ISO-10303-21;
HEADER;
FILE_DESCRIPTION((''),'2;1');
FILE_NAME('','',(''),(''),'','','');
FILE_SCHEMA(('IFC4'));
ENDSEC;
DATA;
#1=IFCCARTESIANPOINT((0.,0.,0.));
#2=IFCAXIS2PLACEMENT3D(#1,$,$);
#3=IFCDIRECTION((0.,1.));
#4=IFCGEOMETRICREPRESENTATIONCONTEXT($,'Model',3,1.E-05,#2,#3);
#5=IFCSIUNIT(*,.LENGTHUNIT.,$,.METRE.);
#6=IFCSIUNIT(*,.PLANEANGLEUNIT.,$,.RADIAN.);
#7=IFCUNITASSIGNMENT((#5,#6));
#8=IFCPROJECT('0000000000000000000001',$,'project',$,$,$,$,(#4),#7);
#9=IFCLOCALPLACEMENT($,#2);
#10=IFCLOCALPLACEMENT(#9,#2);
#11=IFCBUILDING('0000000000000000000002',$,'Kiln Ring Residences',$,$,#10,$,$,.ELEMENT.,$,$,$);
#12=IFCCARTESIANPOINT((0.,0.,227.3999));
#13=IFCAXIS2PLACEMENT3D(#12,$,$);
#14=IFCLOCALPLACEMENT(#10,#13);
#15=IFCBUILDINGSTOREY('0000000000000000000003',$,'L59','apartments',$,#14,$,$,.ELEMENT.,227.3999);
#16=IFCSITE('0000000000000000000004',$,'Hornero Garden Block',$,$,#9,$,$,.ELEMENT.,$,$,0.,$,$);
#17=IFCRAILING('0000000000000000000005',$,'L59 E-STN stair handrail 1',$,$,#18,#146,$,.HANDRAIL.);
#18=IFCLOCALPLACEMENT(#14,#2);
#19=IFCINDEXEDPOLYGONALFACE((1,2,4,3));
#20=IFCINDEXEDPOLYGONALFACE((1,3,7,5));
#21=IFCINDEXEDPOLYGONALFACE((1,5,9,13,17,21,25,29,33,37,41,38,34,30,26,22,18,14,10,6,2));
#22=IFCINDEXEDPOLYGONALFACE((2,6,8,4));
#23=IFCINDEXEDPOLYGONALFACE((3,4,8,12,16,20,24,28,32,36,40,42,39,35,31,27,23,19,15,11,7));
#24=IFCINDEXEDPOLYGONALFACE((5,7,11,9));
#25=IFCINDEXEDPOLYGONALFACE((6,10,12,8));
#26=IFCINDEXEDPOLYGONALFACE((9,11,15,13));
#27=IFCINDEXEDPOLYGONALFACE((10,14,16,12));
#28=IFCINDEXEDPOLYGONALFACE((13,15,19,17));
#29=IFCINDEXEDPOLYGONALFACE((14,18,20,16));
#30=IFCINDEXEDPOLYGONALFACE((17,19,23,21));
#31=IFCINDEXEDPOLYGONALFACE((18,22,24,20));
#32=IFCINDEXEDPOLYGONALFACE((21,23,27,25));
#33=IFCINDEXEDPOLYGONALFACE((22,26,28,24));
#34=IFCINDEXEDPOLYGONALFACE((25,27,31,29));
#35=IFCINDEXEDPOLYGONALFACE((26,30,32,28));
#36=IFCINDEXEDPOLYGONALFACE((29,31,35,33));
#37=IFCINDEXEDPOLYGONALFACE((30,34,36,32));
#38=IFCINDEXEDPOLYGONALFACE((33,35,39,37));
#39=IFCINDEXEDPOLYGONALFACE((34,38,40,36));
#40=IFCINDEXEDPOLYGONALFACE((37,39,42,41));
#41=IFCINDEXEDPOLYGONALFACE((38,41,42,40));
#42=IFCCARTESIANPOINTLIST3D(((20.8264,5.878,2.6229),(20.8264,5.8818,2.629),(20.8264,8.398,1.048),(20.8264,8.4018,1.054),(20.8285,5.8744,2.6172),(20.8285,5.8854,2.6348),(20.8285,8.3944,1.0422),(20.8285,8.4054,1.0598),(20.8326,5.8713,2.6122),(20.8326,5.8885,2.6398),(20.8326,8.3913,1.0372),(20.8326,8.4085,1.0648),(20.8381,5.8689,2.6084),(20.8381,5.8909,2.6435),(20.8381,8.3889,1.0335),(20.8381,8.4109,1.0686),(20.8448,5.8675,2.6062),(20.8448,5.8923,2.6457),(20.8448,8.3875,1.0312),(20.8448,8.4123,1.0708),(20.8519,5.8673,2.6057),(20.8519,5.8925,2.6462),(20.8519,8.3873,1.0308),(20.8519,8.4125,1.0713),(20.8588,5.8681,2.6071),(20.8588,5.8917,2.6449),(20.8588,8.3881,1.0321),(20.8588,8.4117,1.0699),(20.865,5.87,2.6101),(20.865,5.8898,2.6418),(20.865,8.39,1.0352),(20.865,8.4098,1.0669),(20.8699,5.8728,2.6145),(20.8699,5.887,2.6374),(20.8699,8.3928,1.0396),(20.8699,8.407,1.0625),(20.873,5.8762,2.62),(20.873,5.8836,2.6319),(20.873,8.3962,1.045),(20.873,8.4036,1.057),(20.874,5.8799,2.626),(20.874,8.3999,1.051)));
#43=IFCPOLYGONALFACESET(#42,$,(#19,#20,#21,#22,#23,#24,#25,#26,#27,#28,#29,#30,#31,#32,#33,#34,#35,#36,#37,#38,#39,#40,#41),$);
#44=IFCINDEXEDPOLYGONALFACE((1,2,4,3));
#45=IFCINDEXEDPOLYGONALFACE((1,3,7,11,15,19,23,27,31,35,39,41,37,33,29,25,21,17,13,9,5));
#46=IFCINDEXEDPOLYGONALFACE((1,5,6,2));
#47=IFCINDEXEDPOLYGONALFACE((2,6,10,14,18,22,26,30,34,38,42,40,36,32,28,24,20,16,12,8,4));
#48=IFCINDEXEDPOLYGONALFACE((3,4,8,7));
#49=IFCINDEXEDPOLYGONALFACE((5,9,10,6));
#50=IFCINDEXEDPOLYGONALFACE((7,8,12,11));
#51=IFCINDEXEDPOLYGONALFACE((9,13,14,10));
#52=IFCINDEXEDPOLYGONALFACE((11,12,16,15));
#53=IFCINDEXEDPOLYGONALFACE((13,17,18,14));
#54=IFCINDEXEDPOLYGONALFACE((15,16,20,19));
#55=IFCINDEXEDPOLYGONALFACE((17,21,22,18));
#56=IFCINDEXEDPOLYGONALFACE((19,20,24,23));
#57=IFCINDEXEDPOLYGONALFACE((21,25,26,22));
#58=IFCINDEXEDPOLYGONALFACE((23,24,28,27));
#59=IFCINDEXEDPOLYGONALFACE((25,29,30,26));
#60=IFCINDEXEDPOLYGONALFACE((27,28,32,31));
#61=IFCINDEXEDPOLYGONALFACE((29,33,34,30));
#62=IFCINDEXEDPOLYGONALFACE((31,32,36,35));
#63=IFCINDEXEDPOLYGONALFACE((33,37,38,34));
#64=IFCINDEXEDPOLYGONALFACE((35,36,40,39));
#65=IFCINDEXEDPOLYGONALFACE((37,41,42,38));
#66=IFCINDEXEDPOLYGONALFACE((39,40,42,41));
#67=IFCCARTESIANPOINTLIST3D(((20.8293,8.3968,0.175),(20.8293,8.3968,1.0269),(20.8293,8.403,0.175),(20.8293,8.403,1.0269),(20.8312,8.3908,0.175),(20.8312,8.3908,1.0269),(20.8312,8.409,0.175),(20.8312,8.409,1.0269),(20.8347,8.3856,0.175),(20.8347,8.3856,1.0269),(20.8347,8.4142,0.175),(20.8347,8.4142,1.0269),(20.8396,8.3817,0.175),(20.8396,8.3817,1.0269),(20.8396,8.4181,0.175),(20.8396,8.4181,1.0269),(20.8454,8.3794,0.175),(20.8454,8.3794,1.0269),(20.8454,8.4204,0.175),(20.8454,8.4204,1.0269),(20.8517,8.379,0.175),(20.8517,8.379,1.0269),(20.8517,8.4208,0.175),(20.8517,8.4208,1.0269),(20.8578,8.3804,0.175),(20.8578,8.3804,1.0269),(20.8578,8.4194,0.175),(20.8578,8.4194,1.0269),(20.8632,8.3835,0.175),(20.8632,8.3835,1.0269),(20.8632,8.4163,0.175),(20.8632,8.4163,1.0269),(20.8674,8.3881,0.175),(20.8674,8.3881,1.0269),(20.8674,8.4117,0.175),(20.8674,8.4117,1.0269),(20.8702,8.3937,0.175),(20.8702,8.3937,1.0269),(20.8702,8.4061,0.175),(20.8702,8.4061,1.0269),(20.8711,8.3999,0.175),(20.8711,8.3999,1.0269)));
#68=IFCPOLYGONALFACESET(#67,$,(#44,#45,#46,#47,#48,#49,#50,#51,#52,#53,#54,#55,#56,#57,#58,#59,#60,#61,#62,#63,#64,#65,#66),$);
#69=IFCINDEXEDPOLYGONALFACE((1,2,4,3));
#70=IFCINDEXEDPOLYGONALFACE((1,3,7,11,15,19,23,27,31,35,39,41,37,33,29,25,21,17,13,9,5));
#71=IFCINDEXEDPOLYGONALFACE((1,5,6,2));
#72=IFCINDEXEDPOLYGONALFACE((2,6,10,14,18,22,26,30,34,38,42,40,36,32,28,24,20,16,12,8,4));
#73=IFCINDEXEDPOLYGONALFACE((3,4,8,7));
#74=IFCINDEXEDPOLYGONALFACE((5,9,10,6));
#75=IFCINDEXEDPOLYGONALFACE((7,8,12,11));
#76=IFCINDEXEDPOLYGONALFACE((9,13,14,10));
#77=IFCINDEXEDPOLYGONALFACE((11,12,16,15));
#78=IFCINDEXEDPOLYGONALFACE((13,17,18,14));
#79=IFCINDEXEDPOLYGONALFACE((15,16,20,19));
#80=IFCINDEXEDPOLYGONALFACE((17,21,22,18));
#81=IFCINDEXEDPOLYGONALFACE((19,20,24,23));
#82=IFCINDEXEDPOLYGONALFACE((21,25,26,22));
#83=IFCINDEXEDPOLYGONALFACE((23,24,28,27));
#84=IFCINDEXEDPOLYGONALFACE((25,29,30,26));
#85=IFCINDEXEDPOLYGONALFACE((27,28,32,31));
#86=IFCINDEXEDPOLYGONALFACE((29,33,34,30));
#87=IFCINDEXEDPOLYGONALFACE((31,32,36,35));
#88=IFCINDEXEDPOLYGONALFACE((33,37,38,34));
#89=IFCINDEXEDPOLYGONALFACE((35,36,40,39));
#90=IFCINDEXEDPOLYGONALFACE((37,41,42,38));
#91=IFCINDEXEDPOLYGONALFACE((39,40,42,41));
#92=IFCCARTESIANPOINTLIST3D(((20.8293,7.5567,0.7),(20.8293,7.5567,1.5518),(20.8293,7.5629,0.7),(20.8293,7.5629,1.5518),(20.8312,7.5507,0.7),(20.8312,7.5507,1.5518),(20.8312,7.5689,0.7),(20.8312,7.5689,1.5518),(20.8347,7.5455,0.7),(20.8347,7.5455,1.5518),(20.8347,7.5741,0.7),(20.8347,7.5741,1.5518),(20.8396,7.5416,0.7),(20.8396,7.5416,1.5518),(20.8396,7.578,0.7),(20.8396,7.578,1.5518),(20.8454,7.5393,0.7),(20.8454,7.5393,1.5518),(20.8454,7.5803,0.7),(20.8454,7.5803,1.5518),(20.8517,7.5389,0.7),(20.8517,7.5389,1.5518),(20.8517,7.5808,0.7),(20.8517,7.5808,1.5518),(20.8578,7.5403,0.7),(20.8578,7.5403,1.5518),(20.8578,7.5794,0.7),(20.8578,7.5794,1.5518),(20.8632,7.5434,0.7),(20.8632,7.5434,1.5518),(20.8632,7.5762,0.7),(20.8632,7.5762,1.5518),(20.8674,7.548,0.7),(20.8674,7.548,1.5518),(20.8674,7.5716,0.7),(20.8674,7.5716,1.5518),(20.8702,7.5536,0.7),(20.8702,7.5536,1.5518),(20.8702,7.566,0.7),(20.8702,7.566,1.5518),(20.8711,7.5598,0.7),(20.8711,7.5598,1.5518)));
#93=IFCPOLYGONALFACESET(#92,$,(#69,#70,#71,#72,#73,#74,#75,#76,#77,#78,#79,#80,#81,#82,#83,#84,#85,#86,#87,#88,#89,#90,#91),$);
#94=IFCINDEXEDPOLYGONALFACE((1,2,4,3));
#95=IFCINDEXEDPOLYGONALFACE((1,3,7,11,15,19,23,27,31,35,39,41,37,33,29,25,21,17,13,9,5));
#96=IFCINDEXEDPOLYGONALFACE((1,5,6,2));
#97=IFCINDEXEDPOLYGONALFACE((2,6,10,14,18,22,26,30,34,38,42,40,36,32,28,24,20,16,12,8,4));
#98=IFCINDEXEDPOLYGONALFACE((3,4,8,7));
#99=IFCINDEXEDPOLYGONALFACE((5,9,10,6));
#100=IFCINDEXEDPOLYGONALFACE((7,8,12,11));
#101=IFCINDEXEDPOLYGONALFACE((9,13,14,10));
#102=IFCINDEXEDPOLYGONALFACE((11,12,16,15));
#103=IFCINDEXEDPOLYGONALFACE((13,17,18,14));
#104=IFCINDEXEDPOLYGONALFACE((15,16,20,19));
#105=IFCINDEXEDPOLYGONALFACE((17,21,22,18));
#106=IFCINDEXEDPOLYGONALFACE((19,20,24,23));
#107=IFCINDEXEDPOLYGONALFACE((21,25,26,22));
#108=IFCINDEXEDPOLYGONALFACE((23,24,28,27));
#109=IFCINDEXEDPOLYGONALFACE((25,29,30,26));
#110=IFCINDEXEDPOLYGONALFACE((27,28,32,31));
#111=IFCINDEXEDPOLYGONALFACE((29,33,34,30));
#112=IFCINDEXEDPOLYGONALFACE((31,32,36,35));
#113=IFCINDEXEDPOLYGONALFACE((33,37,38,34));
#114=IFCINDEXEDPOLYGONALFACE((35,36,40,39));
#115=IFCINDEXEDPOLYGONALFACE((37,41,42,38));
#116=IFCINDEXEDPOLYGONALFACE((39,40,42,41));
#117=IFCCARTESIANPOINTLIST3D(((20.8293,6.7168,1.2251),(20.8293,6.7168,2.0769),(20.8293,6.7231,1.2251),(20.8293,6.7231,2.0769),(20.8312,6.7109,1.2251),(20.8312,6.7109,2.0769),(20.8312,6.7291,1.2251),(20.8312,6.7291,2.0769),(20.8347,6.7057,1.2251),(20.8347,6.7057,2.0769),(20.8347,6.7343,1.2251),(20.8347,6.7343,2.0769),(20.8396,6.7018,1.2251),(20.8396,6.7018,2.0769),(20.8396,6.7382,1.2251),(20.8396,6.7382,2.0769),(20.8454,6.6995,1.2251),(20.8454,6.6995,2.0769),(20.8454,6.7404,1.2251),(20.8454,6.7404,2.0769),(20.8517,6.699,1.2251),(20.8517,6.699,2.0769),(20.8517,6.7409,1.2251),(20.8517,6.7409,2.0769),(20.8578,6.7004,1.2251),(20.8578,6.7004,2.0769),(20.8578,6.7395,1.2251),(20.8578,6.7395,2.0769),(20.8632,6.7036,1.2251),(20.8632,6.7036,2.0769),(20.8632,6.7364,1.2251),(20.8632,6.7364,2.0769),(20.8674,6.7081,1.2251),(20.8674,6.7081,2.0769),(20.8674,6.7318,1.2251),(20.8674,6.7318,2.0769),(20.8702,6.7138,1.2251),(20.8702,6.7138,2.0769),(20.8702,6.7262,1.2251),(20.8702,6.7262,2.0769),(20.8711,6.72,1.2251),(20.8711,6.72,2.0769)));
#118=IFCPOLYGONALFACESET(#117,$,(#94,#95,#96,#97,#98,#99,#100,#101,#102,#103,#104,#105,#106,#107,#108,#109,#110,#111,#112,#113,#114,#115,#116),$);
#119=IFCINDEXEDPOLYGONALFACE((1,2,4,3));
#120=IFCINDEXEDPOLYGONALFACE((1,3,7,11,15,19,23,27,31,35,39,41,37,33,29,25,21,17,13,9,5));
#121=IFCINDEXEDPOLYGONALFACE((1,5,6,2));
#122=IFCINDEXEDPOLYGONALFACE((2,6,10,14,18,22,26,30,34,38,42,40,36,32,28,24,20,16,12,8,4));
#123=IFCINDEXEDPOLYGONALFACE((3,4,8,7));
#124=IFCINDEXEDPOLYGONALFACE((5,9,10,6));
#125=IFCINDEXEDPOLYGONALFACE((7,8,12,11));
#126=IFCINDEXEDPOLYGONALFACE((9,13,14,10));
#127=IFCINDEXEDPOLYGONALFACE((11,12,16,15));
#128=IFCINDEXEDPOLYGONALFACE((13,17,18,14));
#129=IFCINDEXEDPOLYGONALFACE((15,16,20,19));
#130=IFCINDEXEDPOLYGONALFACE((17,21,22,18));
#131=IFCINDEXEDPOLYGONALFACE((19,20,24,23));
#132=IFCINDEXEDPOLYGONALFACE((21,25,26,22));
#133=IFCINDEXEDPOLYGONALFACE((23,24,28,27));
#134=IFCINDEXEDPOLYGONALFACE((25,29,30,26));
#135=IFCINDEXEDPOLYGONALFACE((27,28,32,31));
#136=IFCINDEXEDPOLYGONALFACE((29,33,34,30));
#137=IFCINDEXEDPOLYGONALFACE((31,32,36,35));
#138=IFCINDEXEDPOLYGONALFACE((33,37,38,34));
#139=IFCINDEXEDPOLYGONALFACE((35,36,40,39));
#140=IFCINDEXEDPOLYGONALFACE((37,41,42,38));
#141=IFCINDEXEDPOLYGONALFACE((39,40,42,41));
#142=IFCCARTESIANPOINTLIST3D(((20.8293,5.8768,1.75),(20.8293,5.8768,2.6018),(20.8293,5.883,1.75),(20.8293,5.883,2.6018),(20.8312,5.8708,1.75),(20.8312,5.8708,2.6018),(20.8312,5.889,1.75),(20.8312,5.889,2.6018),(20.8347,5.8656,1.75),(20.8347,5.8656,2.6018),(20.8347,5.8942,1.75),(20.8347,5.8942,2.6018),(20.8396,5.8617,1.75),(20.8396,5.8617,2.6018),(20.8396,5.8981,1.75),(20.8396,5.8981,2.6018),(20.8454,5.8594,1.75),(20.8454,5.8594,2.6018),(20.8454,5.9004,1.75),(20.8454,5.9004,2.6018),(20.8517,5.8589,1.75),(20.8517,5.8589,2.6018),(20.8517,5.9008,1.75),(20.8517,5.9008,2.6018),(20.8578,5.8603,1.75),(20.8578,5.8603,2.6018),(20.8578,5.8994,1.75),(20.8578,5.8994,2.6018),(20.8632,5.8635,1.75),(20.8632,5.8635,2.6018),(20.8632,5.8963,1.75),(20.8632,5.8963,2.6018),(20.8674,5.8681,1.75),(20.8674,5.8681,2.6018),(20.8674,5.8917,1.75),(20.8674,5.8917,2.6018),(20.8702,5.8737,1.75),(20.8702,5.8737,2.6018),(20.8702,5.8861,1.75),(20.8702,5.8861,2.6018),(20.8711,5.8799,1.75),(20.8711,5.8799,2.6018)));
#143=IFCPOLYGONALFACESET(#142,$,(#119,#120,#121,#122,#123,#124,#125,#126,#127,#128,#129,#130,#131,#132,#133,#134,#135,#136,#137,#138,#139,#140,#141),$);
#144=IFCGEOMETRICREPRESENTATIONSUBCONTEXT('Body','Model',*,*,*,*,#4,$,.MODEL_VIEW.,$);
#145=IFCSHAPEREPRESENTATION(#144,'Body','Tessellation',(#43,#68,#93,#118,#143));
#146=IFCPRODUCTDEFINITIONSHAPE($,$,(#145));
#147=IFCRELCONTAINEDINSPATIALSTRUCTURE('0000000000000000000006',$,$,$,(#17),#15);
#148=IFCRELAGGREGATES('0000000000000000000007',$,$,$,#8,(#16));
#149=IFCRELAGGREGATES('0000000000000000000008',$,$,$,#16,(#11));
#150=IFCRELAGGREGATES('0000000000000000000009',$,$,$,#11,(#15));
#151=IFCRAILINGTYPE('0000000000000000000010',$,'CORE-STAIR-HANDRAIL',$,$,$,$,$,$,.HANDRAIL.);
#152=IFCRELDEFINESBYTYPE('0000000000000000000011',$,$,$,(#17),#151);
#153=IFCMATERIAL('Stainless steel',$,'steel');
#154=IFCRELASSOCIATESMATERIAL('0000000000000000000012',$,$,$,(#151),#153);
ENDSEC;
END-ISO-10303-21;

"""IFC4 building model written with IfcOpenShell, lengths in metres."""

from ifc_helpers import new_model, si_unit, direction, frame, origin, origin_2d, place, context, subcontext, project, spatial, circle, extrude, material, type_object, element, save


model = new_model("IFC4")

# Units and contexts
model_context = context("Model", 3, precision=1e-05, world=origin(), true_north=direction((0.0, 1.0)))
body_context = subcontext(model_context, "Body", "Model", "MODEL_VIEW")
ifc_project = project(units=[si_unit("LENGTHUNIT", "METRE"), si_unit("PLANEANGLEUNIT", "RADIAN")], contexts=[model_context])

# Site, building, storey
site_placement = place(None, origin())
site = spatial("IfcSite", under=ifc_project, at=site_placement, Name="Hornero Garden Block", CompositionType="ELEMENT", RefElevation=0.0)
building_placement = place(site_placement, origin())
building = spatial("IfcBuilding", under=site, at=building_placement, Name="Kiln Ring Residences", CompositionType="ELEMENT")
storey_placement = place(building_placement, frame((0.0, 0.0, 227.3999)))
storey = spatial("IfcBuildingStorey", under=building, at=storey_placement, Name="L59", Description="apartments", CompositionType="ELEMENT", Elevation=227.3999)

# Railing
ifc_material_1 = material(Name="Stainless steel", Category="steel")
railing_type_1 = type_object("IfcRailingType", Name="CORE-STAIR-HANDRAIL", PredefinedType="HANDRAIL", material=ifc_material_1)
railing_1_placement = place(storey_placement, frame((20.8501, 8.3999, 0.175)))
element("IfcRailing", 1, at=railing_1_placement, inside=storey, type_object=railing_type_1, Name="L59 E-STN stair handrail 1", PredefinedType="HANDRAIL", context=body_context, shape_type="SweptSolid", body=[
    extrude(circle(Radius=0.0239, at=origin_2d()), frame((0.0, 0.0, 0.876), z_axis=(0.0, -0.848008, 0.529984), x_axis=(1.0, 0.0, 0.0)), (0.0, 0.0, 1.0), 2.9717),
    extrude(circle(Radius=0.021, at=origin_2d()), origin(), (0.0, 0.0, 1.0), 0.8518),
    extrude(circle(Radius=0.021, at=origin_2d()), frame((0.0, -0.8401, 0.5249)), (0.0, 0.0, 1.0), 0.8518),
    extrude(circle(Radius=0.021, at=origin_2d()), frame((0.0, -1.6799, 1.05)), (0.0, 0.0, 1.0), 0.8518),
    extrude(circle(Radius=0.021, at=origin_2d()), frame((0.0, -2.52, 1.575)), (0.0, 0.0, 1.0), 0.8518),
])

save(model, "model.ifc")
